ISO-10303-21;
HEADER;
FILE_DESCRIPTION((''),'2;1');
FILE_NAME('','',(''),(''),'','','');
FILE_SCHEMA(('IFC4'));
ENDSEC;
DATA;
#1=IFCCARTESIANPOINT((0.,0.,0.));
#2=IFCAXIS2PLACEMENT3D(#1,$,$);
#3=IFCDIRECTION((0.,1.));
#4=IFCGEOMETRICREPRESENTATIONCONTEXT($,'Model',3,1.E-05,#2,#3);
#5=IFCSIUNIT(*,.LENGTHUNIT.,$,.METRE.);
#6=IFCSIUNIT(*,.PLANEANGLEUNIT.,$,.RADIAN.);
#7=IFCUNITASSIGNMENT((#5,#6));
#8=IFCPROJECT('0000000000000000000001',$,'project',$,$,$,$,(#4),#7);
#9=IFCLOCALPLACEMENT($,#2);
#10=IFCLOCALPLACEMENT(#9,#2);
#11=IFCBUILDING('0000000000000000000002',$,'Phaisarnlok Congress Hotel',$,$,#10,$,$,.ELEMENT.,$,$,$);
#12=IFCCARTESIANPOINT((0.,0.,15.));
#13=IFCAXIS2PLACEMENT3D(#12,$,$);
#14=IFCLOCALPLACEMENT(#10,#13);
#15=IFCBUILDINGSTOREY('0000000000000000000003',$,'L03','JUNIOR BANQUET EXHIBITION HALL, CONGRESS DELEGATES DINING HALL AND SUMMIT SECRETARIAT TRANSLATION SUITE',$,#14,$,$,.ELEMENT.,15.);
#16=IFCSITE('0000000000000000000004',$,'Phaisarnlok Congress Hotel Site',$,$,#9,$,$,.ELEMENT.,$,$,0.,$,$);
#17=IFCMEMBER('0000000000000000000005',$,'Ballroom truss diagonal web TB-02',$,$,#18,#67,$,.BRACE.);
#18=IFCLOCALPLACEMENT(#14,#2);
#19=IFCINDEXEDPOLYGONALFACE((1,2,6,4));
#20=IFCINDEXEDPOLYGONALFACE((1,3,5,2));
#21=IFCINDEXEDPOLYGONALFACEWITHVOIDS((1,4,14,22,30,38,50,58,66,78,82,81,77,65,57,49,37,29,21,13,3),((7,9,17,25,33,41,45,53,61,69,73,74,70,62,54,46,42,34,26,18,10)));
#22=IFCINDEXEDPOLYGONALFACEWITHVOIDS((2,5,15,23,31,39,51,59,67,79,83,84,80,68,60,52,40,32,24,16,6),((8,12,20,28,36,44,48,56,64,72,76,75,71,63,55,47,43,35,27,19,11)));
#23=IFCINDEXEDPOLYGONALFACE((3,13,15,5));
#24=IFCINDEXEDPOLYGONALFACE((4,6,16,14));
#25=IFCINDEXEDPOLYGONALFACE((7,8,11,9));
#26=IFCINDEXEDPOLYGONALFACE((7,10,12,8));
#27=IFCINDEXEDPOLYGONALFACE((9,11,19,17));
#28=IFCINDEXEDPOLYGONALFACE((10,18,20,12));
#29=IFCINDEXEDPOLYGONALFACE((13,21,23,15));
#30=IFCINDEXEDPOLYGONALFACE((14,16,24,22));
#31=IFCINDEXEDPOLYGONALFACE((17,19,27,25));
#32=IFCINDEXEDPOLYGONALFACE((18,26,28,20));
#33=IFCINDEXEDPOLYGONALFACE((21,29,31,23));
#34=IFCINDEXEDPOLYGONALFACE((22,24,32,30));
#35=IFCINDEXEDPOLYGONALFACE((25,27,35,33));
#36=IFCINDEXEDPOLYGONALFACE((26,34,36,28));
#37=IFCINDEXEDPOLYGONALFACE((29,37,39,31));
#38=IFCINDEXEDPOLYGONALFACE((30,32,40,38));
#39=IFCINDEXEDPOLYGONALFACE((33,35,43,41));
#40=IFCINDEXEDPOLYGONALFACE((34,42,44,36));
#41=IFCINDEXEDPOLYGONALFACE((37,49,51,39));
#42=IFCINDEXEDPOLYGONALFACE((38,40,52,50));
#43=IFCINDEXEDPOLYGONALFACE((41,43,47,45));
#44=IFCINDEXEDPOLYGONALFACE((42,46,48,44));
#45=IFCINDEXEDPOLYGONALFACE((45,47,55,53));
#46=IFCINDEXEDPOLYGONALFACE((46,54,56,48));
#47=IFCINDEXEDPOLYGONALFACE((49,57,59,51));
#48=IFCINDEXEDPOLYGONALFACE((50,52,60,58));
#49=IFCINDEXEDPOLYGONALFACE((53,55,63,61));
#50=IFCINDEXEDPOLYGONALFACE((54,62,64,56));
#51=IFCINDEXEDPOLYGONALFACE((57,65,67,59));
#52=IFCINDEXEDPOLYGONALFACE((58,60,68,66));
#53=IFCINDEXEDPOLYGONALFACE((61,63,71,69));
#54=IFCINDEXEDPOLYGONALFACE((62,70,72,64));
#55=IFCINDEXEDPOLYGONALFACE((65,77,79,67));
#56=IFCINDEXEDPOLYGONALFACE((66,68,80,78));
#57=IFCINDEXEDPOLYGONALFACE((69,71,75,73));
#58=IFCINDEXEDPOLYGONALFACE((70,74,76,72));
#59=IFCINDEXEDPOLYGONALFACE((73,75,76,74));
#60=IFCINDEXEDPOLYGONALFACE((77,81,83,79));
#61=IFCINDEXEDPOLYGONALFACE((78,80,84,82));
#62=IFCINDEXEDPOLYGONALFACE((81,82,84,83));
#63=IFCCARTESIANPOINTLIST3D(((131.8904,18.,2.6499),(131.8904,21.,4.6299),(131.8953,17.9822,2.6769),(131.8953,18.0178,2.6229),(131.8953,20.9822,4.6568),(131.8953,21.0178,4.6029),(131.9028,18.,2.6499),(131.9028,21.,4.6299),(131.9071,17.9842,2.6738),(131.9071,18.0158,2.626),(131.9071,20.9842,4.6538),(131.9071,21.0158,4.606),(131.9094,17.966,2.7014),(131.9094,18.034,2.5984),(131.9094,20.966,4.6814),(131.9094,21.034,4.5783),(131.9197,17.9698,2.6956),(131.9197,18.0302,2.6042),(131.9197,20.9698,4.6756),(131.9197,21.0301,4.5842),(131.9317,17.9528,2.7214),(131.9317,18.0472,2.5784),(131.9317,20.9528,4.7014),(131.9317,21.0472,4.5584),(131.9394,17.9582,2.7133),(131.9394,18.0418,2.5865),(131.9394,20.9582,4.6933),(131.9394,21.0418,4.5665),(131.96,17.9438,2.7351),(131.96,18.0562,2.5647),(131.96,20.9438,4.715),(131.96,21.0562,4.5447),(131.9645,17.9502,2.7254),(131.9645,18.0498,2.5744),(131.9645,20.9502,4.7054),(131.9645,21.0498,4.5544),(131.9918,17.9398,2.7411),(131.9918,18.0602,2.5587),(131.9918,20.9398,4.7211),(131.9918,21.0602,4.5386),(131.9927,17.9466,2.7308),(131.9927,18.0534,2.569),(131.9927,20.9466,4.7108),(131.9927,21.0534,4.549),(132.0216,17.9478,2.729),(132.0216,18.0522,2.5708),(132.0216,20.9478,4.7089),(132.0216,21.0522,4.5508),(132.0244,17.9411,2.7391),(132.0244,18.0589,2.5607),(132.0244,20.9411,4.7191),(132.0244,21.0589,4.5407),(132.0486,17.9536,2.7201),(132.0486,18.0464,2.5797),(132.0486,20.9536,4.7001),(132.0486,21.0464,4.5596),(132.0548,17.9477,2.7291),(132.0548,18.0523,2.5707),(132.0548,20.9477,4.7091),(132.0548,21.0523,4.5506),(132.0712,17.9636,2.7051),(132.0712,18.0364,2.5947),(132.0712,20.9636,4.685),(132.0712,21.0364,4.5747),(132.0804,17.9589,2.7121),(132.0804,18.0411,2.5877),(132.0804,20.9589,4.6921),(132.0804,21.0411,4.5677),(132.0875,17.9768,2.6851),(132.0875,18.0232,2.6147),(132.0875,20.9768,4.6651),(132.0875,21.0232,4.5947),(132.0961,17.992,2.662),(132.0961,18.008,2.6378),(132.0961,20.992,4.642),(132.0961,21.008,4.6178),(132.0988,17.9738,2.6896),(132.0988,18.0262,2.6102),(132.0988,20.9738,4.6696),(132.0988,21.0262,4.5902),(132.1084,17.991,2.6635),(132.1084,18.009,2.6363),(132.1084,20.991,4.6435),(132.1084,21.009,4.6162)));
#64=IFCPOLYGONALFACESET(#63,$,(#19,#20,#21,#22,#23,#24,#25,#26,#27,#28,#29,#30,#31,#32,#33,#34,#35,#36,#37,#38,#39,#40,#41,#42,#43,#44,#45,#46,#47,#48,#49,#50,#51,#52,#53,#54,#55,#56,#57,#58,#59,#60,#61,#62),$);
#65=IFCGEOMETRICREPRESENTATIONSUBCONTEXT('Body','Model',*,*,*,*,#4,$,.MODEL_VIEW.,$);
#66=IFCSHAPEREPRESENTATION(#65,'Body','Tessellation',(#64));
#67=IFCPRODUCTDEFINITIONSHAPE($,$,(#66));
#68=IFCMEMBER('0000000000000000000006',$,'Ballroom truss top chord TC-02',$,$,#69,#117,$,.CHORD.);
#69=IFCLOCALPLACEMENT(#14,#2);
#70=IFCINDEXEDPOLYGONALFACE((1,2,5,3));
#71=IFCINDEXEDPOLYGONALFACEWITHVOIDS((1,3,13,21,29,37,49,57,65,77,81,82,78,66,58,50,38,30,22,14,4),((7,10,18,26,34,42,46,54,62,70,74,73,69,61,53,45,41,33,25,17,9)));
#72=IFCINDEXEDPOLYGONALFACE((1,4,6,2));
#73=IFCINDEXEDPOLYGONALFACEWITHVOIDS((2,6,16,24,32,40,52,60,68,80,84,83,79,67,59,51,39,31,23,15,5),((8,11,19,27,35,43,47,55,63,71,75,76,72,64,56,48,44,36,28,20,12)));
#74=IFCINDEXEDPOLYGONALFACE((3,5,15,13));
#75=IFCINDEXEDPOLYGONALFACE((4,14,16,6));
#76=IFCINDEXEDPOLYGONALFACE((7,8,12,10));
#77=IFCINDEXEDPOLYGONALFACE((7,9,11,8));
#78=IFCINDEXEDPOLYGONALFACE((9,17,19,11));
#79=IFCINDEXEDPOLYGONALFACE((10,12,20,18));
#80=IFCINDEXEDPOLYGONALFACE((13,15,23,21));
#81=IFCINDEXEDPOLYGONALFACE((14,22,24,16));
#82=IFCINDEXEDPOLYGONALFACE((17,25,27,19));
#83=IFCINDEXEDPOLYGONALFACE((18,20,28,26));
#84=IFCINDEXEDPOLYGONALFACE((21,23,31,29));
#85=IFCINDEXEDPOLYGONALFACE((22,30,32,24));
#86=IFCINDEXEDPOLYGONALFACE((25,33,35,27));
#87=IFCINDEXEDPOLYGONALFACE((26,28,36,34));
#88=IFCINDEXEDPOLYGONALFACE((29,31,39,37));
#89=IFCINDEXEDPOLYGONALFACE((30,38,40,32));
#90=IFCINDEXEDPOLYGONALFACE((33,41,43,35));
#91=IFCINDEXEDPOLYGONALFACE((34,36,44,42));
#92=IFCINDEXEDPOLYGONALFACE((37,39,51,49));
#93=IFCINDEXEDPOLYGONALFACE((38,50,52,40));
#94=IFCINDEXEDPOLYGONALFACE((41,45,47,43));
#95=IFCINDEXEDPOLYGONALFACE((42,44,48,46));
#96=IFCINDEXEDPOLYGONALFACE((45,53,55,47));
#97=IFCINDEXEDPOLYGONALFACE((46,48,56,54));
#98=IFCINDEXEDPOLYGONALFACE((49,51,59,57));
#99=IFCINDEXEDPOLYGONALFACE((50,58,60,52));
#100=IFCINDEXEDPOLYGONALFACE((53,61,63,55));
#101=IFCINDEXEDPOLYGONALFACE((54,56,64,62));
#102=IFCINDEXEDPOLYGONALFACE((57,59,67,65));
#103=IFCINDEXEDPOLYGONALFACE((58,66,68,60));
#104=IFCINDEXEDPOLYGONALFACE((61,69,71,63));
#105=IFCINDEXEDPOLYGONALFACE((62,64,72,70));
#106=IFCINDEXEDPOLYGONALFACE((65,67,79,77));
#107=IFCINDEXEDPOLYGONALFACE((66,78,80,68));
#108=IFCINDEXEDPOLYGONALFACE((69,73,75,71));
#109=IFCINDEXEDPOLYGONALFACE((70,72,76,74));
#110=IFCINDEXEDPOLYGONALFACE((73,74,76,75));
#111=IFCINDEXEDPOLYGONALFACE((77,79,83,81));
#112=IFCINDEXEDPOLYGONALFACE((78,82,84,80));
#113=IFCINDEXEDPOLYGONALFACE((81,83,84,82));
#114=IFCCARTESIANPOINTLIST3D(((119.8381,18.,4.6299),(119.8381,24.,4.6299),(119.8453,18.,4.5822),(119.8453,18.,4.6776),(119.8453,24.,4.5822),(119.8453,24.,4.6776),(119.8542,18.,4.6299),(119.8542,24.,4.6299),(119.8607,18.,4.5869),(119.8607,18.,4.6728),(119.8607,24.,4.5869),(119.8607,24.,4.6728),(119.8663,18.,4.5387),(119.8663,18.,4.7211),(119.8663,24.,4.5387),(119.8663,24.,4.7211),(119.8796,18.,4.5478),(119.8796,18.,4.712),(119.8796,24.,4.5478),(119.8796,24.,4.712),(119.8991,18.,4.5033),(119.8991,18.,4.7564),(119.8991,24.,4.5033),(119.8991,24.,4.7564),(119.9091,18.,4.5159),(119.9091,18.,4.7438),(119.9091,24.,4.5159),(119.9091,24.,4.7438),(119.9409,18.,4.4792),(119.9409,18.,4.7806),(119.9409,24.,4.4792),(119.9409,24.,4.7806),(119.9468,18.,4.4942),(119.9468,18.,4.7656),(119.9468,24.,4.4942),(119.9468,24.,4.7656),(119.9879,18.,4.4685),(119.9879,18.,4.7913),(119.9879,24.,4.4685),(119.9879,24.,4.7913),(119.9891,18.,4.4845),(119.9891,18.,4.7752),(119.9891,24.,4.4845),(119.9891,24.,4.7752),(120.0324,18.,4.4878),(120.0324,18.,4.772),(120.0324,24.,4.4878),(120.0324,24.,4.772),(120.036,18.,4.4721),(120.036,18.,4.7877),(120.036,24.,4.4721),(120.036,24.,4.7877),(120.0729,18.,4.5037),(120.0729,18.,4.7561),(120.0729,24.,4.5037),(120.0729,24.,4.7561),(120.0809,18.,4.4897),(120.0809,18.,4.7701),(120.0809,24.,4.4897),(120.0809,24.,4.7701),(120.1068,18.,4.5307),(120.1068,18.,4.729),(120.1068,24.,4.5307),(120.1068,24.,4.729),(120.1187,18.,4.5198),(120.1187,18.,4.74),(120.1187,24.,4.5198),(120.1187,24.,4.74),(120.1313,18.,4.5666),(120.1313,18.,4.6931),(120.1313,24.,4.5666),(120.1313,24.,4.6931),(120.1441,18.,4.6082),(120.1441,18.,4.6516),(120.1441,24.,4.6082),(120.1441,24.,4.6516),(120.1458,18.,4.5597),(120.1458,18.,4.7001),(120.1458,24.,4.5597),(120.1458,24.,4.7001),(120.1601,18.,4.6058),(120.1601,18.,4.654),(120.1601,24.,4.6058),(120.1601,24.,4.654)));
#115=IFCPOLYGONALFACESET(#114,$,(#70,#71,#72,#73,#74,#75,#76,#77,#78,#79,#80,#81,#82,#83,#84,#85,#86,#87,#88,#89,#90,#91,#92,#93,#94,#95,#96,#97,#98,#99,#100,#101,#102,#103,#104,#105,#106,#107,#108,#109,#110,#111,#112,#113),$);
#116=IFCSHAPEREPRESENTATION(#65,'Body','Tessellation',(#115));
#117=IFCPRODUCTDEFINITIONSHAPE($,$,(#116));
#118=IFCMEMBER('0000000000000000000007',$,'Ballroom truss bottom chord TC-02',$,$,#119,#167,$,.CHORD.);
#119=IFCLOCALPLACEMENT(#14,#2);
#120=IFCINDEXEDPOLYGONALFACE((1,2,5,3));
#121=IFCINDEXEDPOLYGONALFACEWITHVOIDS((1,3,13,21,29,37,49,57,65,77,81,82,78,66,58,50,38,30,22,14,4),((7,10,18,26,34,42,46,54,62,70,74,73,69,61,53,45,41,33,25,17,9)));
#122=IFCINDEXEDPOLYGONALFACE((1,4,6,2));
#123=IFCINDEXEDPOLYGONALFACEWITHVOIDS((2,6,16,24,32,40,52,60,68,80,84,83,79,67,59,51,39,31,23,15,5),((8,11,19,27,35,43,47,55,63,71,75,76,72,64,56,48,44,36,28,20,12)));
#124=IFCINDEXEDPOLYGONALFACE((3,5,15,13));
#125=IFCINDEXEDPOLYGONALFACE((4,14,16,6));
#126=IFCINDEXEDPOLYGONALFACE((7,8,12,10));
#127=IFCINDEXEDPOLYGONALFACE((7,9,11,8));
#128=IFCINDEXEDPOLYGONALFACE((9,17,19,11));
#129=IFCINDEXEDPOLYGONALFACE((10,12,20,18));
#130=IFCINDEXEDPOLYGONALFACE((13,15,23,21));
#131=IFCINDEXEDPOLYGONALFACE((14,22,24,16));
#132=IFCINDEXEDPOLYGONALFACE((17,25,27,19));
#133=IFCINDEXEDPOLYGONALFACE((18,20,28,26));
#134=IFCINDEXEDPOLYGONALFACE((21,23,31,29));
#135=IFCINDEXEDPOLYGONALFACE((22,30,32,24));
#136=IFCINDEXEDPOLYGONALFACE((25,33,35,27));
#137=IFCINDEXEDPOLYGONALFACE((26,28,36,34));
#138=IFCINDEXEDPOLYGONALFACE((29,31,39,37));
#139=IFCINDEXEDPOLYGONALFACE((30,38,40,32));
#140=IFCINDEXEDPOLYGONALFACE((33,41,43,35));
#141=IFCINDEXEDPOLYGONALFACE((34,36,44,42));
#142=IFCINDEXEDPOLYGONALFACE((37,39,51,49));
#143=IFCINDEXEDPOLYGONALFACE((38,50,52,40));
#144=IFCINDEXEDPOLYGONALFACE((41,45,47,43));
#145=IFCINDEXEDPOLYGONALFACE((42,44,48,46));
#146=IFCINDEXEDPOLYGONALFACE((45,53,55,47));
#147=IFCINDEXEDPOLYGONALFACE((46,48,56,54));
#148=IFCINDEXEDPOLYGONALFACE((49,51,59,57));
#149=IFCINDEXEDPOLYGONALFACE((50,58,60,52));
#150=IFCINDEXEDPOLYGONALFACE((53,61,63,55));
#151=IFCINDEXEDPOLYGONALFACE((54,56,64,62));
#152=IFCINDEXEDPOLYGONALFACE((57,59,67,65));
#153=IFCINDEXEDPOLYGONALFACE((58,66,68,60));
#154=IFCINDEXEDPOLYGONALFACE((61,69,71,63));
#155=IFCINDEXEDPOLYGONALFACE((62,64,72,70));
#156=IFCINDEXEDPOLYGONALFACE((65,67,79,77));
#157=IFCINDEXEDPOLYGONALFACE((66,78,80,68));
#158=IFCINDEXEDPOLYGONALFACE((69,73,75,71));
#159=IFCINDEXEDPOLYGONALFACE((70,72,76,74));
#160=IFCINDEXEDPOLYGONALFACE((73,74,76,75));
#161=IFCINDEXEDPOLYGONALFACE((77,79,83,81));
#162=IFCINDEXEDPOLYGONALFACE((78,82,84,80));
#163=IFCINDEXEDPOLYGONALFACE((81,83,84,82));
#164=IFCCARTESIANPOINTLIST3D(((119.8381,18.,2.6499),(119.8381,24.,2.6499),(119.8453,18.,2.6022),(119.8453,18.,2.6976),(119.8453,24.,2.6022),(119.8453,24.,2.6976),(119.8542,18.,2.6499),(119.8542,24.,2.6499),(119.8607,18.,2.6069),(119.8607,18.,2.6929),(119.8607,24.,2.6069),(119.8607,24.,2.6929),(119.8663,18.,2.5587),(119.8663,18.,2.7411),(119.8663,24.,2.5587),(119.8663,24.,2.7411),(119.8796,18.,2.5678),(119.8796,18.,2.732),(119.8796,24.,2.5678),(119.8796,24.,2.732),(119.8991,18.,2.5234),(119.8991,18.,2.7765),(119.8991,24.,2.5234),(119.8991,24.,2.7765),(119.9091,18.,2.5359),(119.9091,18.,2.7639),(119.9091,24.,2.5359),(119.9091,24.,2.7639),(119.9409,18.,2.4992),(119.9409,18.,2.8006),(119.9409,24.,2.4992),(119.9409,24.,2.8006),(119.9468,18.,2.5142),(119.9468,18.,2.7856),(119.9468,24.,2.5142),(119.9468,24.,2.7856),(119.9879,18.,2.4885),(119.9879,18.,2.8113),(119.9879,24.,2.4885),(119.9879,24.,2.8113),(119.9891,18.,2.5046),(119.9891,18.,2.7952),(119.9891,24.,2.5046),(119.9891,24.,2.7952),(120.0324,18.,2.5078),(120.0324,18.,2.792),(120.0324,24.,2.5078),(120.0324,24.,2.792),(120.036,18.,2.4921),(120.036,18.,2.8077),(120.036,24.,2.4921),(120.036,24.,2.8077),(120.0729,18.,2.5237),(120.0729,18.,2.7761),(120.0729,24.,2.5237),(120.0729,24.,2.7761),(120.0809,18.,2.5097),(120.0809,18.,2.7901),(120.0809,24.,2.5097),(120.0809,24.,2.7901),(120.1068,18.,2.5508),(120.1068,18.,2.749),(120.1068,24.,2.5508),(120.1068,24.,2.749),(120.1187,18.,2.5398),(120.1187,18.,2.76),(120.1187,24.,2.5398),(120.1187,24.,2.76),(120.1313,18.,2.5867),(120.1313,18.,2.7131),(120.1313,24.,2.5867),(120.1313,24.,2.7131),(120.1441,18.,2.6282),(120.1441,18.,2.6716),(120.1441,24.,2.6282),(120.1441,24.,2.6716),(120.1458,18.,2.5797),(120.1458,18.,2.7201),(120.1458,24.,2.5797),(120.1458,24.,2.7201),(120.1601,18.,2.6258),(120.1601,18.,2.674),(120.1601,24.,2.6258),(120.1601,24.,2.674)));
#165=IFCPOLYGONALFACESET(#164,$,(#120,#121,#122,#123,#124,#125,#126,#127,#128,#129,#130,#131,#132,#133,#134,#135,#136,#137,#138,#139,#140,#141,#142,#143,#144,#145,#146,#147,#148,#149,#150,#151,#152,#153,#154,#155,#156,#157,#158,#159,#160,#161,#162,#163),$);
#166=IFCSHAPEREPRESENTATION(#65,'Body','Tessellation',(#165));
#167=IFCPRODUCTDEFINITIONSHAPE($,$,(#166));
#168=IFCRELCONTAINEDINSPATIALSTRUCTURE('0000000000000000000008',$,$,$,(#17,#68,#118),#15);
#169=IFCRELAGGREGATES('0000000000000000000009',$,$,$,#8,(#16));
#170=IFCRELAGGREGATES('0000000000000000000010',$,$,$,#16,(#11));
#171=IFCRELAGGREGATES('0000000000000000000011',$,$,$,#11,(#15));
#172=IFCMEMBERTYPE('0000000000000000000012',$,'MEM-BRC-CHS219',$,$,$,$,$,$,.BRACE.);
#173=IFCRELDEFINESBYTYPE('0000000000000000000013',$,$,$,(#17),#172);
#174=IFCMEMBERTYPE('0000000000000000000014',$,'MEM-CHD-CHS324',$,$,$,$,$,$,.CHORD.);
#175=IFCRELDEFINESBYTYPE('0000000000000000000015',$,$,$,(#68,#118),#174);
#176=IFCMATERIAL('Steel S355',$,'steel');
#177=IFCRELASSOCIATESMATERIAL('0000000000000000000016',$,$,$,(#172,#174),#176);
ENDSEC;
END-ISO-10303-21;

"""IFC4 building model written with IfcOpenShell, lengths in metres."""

from ifc_helpers import new_model, si_unit, direction, frame, origin, origin_2d, place, context, subcontext, project, spatial, hollow_circle, extrude, material, material_profile, profile_set, type_object, element, save


model = new_model("IFC4")

# Units and contexts
model_context = context("Model", 3, precision=1e-05, world=origin(), true_north=direction((0.0, 1.0)))
body_context = subcontext(model_context, "Body", "Model", "MODEL_VIEW")
ifc_project = project(units=[si_unit("LENGTHUNIT", "METRE"), si_unit("PLANEANGLEUNIT", "RADIAN")], contexts=[model_context])

# Site, building, storey
site_placement = place(None, origin())
site = spatial("IfcSite", under=ifc_project, at=site_placement, Name="Phaisarnlok Congress Hotel Site", CompositionType="ELEMENT", RefElevation=0.0)
building_placement = place(site_placement, origin())
building = spatial("IfcBuilding", under=site, at=building_placement, Name="Phaisarnlok Congress Hotel", CompositionType="ELEMENT")
storey_placement = place(building_placement, frame((0.0, 0.0, 15.0)))
storey = spatial("IfcBuildingStorey", under=building, at=storey_placement, Name="L03", Description="JUNIOR BANQUET EXHIBITION HALL, CONGRESS DELEGATES DINING HALL AND SUMMIT SECRETARIAT TRANSLATION SUITE", CompositionType="ELEMENT", Elevation=15.0)

# Members
ifc_material = material(Name="Steel S355", Category="steel")
ifc_material_profile_1 = material_profile(ifc_material, hollow_circle(Radius=0.1096, WallThickness=0.0125, at=origin_2d()), Name="CHS 219.1x12.5")
ifc_profile_set_1 = profile_set([ifc_material_profile_1], Name="Steel S355")
member_type_1 = type_object("IfcMemberType", Name="MEM-BRC-CHS219", PredefinedType="BRACE", material=ifc_profile_set_1)
for number, where, z_axis, x_axis, name in (
    (1, (132.0, 18.0, 2.6499), (0.0, 0.834612, 0.550838), (-1.0, 0.0, 0.0), "Ballroom truss diagonal web TB-02"),
):
    element("IfcMember", number, at=place(storey_placement, frame(where, z_axis=z_axis, x_axis=x_axis)), inside=storey, type_object=member_type_1, Name=name, PredefinedType="BRACE", context=body_context, shape_type="SweptSolid", body=[
        extrude(hollow_circle(Radius=0.1096, WallThickness=0.0125, at=origin_2d()), origin(), (0.0, 0.0, 1.0), 3.5945),
    ])
ifc_material_profile_2 = material_profile(ifc_material, hollow_circle(Radius=0.1619, WallThickness=0.0161, at=origin_2d()), Name="CHS 323.9x16")
ifc_profile_set_2 = profile_set([ifc_material_profile_2], Name="Steel S355")
member_type_2 = type_object("IfcMemberType", Name="MEM-CHD-CHS324", PredefinedType="CHORD", material=ifc_profile_set_2)
for number, where, z_axis, x_axis, name in (
    (2, (120.0, 18.0, 4.6299), (0.0, 1.0, 0.0), (-1.0, 0.0, 0.0), "Ballroom truss top chord TC-02"),
    (3, (120.0, 18.0, 2.6499), (0.0, 1.0, 0.0), (-1.0, 0.0, 0.0), "Ballroom truss bottom chord TC-02"),
):
    element("IfcMember", number, at=place(storey_placement, frame(where, z_axis=z_axis, x_axis=x_axis)), inside=storey, type_object=member_type_2, Name=name, PredefinedType="CHORD", context=body_context, shape_type="SweptSolid", body=[
        extrude(hollow_circle(Radius=0.1619, WallThickness=0.0161, at=origin_2d()), origin(), (0.0, 0.0, 1.0), 6.0),
    ])

save(model, "model.ifc")
